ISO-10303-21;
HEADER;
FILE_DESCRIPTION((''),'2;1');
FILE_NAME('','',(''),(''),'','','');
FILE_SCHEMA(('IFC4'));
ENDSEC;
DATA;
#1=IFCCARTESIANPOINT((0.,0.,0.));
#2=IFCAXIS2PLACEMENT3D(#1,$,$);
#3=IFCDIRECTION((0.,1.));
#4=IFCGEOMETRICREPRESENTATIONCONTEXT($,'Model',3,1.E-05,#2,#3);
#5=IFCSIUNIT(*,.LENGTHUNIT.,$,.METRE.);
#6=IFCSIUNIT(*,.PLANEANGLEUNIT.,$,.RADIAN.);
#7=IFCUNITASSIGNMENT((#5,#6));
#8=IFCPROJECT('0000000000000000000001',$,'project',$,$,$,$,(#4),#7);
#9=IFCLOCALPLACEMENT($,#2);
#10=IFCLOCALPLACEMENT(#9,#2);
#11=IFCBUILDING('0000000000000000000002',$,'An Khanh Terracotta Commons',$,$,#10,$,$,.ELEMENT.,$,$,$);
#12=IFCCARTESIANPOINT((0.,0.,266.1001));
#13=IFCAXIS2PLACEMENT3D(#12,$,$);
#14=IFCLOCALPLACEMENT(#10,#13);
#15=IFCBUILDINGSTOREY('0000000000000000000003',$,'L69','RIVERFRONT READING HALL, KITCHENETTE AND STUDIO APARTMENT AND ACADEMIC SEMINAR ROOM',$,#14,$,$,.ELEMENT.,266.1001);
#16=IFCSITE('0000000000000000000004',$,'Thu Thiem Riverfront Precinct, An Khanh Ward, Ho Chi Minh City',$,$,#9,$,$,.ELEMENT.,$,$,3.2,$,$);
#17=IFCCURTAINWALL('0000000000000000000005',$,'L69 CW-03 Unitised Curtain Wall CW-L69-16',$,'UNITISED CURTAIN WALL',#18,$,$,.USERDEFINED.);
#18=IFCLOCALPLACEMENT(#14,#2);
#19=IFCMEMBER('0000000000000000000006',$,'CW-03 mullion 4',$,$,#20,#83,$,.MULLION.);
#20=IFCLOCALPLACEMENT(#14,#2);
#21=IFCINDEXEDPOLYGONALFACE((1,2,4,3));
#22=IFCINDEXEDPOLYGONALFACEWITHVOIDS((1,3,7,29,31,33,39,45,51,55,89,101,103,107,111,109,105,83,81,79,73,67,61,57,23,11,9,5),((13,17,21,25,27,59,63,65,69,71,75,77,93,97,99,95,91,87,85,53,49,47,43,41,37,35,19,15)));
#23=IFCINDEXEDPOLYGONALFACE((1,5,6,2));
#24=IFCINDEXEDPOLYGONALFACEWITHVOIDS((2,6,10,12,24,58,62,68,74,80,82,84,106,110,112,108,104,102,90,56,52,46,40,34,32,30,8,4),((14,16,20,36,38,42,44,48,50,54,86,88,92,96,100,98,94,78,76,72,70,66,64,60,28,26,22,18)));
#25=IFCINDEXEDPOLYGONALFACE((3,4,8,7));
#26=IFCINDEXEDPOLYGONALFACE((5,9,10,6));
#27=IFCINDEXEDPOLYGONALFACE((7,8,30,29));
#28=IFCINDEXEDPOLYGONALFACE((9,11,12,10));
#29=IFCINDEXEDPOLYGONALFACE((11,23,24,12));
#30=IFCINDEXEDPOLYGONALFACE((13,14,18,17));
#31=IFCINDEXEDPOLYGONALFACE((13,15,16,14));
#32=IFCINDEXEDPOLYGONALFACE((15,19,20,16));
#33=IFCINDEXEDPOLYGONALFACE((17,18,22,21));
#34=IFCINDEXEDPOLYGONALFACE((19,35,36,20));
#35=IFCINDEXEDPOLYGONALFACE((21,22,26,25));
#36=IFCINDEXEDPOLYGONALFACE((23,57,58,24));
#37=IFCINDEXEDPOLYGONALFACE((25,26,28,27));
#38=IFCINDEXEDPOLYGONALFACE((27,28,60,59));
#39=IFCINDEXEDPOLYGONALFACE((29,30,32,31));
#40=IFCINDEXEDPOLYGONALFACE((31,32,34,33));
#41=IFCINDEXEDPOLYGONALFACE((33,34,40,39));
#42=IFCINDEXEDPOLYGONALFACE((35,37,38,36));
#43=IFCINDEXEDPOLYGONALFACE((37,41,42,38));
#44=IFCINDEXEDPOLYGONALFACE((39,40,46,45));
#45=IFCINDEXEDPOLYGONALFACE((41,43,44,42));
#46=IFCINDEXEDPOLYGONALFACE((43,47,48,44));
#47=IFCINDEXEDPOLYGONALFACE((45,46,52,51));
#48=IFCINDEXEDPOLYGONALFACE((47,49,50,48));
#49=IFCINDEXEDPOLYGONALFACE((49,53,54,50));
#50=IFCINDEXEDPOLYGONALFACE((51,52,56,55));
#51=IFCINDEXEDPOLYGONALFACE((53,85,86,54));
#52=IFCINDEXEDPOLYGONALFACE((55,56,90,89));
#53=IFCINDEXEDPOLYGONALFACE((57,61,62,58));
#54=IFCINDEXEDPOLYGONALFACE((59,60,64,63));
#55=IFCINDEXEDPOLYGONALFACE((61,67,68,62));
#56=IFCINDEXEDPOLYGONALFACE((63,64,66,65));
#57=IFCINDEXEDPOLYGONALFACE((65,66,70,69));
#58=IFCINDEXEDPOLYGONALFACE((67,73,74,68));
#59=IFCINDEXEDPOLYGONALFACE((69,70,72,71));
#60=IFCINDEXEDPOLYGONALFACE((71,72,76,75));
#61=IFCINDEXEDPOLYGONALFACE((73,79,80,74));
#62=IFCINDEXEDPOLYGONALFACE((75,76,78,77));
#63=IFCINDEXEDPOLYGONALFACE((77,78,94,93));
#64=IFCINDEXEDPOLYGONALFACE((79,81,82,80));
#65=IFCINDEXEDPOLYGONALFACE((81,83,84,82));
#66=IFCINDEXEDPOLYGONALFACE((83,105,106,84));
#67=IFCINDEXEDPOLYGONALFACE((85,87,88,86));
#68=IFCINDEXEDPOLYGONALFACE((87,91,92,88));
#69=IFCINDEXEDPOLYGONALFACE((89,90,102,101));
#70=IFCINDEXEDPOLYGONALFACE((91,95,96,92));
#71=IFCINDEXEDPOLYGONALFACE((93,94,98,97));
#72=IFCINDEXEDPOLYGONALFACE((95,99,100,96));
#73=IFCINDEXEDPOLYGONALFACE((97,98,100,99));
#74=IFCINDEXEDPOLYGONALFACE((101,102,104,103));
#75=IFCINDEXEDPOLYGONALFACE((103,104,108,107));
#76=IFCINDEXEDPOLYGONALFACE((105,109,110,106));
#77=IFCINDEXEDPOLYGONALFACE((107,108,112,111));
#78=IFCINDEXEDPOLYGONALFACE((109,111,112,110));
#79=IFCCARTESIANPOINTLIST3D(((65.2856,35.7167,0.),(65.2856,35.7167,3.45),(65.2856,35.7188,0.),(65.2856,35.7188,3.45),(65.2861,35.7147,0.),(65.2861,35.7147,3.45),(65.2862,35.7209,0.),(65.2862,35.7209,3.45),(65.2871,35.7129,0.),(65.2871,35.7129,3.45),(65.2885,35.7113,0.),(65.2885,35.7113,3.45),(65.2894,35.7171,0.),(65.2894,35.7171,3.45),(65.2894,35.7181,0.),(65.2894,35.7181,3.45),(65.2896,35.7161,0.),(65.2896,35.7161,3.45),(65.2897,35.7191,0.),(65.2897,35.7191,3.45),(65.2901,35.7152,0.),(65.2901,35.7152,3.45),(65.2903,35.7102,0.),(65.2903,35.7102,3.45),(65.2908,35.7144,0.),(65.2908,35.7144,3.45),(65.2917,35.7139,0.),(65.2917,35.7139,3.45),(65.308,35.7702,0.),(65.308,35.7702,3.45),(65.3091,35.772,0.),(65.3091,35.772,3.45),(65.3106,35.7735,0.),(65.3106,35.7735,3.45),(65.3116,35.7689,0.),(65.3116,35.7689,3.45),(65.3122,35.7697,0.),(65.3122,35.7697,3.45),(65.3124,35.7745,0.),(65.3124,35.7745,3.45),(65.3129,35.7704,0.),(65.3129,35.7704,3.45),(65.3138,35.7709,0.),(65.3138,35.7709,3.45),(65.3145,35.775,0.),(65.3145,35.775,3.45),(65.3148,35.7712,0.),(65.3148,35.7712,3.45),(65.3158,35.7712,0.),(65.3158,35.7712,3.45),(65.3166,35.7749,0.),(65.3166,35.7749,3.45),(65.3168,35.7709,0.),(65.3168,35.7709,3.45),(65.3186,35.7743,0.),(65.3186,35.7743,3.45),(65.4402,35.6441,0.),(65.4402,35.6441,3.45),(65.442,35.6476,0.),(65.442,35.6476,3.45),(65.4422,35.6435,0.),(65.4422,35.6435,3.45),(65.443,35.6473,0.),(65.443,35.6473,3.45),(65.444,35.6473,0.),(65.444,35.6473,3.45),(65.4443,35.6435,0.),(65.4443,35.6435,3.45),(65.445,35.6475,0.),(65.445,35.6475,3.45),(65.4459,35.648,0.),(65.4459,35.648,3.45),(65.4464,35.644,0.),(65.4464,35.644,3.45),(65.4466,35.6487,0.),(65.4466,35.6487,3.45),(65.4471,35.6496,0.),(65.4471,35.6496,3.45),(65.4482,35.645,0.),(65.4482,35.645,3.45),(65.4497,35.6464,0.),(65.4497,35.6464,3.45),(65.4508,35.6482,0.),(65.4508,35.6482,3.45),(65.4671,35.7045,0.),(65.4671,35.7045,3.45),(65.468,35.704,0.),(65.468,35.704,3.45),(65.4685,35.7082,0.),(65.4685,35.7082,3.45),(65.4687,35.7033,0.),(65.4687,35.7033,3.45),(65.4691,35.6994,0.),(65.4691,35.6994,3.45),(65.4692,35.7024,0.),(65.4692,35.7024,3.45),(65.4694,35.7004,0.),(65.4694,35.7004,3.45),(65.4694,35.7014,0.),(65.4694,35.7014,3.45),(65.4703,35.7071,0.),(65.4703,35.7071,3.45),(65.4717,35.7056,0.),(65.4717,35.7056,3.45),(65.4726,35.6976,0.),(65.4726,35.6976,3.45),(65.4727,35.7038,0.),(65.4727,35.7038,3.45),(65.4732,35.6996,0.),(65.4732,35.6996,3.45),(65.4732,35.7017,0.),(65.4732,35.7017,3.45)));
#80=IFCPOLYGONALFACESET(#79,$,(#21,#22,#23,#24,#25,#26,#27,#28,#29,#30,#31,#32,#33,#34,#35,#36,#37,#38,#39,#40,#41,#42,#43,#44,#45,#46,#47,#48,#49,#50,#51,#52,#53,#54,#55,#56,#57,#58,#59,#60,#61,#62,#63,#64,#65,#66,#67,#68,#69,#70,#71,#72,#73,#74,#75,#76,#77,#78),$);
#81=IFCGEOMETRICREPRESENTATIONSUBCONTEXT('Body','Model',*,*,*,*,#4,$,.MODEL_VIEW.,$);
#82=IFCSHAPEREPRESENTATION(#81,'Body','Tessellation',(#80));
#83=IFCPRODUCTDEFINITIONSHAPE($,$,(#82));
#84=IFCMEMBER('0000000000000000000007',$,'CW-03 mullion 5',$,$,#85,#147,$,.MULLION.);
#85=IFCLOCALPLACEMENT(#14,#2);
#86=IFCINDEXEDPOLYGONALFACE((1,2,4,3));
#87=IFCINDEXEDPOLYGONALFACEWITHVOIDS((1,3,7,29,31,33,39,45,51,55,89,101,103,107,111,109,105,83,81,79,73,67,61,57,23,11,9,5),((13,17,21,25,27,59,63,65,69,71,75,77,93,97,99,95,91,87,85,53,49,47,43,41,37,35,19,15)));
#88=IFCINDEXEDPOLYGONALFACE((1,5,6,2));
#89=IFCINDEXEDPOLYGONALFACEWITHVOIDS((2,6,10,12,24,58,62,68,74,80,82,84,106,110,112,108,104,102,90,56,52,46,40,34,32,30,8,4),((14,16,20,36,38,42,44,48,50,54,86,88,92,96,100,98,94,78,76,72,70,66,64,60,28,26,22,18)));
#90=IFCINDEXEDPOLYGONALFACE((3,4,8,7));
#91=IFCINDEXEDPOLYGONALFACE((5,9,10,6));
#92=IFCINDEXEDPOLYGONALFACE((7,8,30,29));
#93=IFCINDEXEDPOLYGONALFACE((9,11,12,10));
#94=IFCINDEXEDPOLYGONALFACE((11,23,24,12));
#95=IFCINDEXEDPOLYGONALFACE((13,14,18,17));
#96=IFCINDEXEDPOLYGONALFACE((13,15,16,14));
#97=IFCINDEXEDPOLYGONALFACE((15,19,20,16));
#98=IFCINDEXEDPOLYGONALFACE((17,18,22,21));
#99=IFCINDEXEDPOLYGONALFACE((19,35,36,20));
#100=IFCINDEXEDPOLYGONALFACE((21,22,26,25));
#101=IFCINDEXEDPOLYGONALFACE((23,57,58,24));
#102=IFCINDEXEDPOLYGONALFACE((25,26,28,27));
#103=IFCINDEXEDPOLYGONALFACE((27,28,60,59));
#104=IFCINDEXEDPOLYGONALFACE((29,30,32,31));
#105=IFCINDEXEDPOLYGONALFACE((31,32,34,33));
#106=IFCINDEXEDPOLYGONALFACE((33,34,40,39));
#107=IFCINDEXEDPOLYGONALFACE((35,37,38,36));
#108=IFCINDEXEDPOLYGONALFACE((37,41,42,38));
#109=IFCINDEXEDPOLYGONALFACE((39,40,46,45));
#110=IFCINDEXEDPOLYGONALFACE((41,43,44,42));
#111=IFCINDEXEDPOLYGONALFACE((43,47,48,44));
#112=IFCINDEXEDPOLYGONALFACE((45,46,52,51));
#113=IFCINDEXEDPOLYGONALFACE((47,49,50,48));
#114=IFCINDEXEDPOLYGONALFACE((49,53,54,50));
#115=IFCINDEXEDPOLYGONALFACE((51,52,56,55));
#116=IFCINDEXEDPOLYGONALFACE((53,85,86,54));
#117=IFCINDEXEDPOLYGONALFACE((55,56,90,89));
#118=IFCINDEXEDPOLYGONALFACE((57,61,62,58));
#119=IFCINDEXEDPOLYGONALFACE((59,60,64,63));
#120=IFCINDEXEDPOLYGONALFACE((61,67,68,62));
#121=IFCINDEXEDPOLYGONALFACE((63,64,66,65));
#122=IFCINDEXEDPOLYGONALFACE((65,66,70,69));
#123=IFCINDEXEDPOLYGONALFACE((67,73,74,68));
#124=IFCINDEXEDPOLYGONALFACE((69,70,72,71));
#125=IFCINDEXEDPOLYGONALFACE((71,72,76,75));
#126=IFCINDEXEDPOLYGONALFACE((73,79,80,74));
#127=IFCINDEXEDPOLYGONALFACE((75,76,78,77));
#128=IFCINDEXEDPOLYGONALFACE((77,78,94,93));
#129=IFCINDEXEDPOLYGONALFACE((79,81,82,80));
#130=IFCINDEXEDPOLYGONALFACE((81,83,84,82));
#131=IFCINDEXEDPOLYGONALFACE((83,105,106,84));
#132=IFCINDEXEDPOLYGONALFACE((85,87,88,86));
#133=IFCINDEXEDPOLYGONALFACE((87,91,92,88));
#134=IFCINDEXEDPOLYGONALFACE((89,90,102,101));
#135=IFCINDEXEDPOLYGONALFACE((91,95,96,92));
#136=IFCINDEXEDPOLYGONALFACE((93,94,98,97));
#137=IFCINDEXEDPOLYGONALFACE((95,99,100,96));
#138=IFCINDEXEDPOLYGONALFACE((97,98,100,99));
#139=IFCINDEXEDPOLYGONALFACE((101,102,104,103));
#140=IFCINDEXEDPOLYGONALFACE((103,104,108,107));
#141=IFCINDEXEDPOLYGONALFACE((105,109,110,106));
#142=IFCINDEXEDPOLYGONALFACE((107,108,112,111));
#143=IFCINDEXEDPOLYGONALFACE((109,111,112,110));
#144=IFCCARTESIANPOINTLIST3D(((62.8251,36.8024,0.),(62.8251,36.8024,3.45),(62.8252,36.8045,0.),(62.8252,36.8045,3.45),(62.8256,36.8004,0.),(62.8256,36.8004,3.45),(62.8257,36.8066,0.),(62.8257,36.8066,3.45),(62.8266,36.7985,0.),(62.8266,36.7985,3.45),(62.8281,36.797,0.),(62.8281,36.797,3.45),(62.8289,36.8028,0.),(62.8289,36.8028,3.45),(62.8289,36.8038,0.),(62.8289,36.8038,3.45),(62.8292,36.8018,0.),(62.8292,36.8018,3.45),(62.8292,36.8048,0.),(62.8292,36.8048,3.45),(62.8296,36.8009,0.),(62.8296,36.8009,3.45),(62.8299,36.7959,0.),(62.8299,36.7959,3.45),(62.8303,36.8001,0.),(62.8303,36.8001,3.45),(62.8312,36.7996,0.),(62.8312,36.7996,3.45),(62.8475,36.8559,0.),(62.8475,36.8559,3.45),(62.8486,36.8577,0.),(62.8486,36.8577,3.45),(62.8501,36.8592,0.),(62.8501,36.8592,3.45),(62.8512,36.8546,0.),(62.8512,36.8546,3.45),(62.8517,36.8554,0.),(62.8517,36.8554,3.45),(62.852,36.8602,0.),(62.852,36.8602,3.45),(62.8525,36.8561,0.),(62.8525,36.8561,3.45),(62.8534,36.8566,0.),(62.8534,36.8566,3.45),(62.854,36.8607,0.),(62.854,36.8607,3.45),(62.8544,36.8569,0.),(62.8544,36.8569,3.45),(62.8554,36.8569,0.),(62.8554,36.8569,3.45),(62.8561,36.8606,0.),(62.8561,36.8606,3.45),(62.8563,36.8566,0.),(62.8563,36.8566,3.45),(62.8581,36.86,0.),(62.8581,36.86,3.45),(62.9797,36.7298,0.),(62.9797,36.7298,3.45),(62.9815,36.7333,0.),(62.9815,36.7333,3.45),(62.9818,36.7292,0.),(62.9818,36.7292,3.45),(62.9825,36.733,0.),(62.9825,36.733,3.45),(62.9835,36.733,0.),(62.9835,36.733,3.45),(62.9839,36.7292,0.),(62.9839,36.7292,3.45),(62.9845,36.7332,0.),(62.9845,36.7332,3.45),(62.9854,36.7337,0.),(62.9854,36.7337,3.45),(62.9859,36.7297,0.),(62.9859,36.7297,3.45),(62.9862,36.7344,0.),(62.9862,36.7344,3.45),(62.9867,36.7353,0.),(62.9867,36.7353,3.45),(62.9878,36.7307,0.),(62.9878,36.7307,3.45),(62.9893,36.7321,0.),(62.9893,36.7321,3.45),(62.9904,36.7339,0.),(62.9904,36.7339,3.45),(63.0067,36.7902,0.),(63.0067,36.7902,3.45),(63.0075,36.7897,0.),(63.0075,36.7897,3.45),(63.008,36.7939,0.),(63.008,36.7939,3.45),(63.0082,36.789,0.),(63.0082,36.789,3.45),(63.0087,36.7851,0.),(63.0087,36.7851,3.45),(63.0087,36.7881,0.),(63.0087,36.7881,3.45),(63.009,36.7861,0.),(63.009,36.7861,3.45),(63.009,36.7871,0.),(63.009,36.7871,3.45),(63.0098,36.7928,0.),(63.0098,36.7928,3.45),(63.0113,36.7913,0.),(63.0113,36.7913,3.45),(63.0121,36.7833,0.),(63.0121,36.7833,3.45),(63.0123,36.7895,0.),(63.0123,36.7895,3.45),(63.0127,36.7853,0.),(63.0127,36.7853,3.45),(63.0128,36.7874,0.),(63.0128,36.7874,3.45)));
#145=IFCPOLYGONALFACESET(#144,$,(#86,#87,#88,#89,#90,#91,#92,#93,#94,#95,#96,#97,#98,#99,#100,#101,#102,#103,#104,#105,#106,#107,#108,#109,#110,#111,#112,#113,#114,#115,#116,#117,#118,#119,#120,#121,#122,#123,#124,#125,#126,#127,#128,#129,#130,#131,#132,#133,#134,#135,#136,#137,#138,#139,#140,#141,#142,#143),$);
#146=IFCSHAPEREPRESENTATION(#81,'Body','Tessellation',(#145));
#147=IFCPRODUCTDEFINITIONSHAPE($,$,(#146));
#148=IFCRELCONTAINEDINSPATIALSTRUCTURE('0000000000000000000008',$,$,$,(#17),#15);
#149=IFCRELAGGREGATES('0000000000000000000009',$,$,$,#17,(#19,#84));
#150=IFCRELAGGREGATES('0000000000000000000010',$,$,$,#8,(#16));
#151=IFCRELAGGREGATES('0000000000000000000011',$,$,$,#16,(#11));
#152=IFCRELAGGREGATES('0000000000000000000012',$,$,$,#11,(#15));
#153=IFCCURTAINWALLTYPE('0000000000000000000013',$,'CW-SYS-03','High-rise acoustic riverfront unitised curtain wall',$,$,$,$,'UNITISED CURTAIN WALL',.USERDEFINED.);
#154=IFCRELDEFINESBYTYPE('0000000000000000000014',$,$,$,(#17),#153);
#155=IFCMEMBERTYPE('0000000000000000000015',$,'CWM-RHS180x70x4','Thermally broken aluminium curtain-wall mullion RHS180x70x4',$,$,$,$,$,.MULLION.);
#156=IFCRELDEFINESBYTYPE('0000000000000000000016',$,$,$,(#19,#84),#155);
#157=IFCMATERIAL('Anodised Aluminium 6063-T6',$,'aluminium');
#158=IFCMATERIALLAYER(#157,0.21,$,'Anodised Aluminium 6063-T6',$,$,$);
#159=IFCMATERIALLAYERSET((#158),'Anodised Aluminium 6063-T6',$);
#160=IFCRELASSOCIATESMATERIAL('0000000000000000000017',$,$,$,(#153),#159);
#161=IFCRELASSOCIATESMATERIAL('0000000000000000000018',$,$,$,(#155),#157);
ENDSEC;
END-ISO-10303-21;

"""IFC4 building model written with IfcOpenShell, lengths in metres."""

from ifc_helpers import new_model, si_unit, direction, frame, origin, origin_2d, place, context, subcontext, project, spatial, hollow_rectangle, extrude, material, layer, layer_set, material_profile, profile_set, type_object, element, aggregate, save


model = new_model("IFC4")

# Units and contexts
model_context = context("Model", 3, precision=1e-05, world=origin(), true_north=direction((0.0, 1.0)))
body_context = subcontext(model_context, "Body", "Model", "MODEL_VIEW")
ifc_project = project(units=[si_unit("LENGTHUNIT", "METRE"), si_unit("PLANEANGLEUNIT", "RADIAN")], contexts=[model_context])

# Site, building, storey
site_placement = place(None, origin())
site = spatial("IfcSite", under=ifc_project, at=site_placement, Name="Thu Thiem Riverfront Precinct, An Khanh Ward, Ho Chi Minh City", CompositionType="ELEMENT", RefElevation=3.2)
building_placement = place(site_placement, origin())
building = spatial("IfcBuilding", under=site, at=building_placement, Name="An Khanh Terracotta Commons", CompositionType="ELEMENT")
storey_placement = place(building_placement, frame((0.0, 0.0, 266.1001)))
storey = spatial("IfcBuildingStorey", under=building, at=storey_placement, Name="L69", Description="RIVERFRONT READING HALL, KITCHENETTE AND STUDIO APARTMENT AND ACADEMIC SEMINAR ROOM", CompositionType="ELEMENT", Elevation=266.1001)

# Curtain wall, members
ifc_material_1 = material(Name="Anodised Aluminium 6063-T6", Category="aluminium")
ifc_layer_1 = layer(ifc_material_1, 0.21, Name="Anodised Aluminium 6063-T6")
ifc_layer_set_1 = layer_set([ifc_layer_1], Name="Anodised Aluminium 6063-T6")
curtain_wall_type = type_object("IfcCurtainWallType", Name="CW-SYS-03", Description="High-rise acoustic riverfront unitised curtain wall", ElementType="UNITISED CURTAIN WALL", PredefinedType="USERDEFINED", material=ifc_layer_set_1)
curtain_wall_placement = place(storey_placement, origin())
curtain_wall = element("IfcCurtainWall", 1, at=curtain_wall_placement, inside=storey, type_object=curtain_wall_type, Name="L69 CW-03 Unitised Curtain Wall CW-L69-16", ObjectType="UNITISED CURTAIN WALL", PredefinedType="USERDEFINED")
ifc_material_profile_1 = material_profile(ifc_material_1, hollow_rectangle(XDim=0.0701, YDim=0.1799, WallThickness=0.0039, InnerFilletRadius=0.0039, OuterFilletRadius=0.0081, at=origin_2d()), Name="RHS180x70x4")
ifc_profile_set_1 = profile_set([ifc_material_profile_1], Name="Anodised Aluminium 6063-T6")
member_type_1 = type_object("IfcMemberType", Name="CWM-RHS180x70x4", Description="Thermally broken aluminium curtain-wall mullion RHS180x70x4", PredefinedType="MULLION", material=ifc_profile_set_1)
member_1_placement = place(storey_placement, frame((65.3794, 35.7092, 0.0), z_axis=(0.0, 0.0, 1.0), x_axis=(-0.403676, -0.914902, 0.0)))
member_1 = element("IfcMember", 2, at=member_1_placement, type_object=member_type_1, Name="CW-03 mullion 4", PredefinedType="MULLION", context=body_context, shape_type="SweptSolid", body=[
    extrude(hollow_rectangle(XDim=0.0701, YDim=0.1799, WallThickness=0.0039, InnerFilletRadius=0.0039, OuterFilletRadius=0.0081, at=origin_2d()), origin(), (0.0, 0.0, 1.0), 3.45),
])
member_2_placement = place(storey_placement, frame((62.9189, 36.7949, 0.0), z_axis=(0.0, 0.0, 1.0), x_axis=(-0.403676, -0.914902, 0.0)))
member_2 = element("IfcMember", 3, at=member_2_placement, type_object=member_type_1, Name="CW-03 mullion 5", PredefinedType="MULLION", context=body_context, shape_type="SweptSolid", body=[
    extrude(hollow_rectangle(XDim=0.0701, YDim=0.1799, WallThickness=0.0039, InnerFilletRadius=0.0039, OuterFilletRadius=0.0081, at=origin_2d()), origin(), (0.0, 0.0, 1.0), 3.45),
])
aggregate(curtain_wall, [member_1, member_2])

save(model, "model.ifc")
